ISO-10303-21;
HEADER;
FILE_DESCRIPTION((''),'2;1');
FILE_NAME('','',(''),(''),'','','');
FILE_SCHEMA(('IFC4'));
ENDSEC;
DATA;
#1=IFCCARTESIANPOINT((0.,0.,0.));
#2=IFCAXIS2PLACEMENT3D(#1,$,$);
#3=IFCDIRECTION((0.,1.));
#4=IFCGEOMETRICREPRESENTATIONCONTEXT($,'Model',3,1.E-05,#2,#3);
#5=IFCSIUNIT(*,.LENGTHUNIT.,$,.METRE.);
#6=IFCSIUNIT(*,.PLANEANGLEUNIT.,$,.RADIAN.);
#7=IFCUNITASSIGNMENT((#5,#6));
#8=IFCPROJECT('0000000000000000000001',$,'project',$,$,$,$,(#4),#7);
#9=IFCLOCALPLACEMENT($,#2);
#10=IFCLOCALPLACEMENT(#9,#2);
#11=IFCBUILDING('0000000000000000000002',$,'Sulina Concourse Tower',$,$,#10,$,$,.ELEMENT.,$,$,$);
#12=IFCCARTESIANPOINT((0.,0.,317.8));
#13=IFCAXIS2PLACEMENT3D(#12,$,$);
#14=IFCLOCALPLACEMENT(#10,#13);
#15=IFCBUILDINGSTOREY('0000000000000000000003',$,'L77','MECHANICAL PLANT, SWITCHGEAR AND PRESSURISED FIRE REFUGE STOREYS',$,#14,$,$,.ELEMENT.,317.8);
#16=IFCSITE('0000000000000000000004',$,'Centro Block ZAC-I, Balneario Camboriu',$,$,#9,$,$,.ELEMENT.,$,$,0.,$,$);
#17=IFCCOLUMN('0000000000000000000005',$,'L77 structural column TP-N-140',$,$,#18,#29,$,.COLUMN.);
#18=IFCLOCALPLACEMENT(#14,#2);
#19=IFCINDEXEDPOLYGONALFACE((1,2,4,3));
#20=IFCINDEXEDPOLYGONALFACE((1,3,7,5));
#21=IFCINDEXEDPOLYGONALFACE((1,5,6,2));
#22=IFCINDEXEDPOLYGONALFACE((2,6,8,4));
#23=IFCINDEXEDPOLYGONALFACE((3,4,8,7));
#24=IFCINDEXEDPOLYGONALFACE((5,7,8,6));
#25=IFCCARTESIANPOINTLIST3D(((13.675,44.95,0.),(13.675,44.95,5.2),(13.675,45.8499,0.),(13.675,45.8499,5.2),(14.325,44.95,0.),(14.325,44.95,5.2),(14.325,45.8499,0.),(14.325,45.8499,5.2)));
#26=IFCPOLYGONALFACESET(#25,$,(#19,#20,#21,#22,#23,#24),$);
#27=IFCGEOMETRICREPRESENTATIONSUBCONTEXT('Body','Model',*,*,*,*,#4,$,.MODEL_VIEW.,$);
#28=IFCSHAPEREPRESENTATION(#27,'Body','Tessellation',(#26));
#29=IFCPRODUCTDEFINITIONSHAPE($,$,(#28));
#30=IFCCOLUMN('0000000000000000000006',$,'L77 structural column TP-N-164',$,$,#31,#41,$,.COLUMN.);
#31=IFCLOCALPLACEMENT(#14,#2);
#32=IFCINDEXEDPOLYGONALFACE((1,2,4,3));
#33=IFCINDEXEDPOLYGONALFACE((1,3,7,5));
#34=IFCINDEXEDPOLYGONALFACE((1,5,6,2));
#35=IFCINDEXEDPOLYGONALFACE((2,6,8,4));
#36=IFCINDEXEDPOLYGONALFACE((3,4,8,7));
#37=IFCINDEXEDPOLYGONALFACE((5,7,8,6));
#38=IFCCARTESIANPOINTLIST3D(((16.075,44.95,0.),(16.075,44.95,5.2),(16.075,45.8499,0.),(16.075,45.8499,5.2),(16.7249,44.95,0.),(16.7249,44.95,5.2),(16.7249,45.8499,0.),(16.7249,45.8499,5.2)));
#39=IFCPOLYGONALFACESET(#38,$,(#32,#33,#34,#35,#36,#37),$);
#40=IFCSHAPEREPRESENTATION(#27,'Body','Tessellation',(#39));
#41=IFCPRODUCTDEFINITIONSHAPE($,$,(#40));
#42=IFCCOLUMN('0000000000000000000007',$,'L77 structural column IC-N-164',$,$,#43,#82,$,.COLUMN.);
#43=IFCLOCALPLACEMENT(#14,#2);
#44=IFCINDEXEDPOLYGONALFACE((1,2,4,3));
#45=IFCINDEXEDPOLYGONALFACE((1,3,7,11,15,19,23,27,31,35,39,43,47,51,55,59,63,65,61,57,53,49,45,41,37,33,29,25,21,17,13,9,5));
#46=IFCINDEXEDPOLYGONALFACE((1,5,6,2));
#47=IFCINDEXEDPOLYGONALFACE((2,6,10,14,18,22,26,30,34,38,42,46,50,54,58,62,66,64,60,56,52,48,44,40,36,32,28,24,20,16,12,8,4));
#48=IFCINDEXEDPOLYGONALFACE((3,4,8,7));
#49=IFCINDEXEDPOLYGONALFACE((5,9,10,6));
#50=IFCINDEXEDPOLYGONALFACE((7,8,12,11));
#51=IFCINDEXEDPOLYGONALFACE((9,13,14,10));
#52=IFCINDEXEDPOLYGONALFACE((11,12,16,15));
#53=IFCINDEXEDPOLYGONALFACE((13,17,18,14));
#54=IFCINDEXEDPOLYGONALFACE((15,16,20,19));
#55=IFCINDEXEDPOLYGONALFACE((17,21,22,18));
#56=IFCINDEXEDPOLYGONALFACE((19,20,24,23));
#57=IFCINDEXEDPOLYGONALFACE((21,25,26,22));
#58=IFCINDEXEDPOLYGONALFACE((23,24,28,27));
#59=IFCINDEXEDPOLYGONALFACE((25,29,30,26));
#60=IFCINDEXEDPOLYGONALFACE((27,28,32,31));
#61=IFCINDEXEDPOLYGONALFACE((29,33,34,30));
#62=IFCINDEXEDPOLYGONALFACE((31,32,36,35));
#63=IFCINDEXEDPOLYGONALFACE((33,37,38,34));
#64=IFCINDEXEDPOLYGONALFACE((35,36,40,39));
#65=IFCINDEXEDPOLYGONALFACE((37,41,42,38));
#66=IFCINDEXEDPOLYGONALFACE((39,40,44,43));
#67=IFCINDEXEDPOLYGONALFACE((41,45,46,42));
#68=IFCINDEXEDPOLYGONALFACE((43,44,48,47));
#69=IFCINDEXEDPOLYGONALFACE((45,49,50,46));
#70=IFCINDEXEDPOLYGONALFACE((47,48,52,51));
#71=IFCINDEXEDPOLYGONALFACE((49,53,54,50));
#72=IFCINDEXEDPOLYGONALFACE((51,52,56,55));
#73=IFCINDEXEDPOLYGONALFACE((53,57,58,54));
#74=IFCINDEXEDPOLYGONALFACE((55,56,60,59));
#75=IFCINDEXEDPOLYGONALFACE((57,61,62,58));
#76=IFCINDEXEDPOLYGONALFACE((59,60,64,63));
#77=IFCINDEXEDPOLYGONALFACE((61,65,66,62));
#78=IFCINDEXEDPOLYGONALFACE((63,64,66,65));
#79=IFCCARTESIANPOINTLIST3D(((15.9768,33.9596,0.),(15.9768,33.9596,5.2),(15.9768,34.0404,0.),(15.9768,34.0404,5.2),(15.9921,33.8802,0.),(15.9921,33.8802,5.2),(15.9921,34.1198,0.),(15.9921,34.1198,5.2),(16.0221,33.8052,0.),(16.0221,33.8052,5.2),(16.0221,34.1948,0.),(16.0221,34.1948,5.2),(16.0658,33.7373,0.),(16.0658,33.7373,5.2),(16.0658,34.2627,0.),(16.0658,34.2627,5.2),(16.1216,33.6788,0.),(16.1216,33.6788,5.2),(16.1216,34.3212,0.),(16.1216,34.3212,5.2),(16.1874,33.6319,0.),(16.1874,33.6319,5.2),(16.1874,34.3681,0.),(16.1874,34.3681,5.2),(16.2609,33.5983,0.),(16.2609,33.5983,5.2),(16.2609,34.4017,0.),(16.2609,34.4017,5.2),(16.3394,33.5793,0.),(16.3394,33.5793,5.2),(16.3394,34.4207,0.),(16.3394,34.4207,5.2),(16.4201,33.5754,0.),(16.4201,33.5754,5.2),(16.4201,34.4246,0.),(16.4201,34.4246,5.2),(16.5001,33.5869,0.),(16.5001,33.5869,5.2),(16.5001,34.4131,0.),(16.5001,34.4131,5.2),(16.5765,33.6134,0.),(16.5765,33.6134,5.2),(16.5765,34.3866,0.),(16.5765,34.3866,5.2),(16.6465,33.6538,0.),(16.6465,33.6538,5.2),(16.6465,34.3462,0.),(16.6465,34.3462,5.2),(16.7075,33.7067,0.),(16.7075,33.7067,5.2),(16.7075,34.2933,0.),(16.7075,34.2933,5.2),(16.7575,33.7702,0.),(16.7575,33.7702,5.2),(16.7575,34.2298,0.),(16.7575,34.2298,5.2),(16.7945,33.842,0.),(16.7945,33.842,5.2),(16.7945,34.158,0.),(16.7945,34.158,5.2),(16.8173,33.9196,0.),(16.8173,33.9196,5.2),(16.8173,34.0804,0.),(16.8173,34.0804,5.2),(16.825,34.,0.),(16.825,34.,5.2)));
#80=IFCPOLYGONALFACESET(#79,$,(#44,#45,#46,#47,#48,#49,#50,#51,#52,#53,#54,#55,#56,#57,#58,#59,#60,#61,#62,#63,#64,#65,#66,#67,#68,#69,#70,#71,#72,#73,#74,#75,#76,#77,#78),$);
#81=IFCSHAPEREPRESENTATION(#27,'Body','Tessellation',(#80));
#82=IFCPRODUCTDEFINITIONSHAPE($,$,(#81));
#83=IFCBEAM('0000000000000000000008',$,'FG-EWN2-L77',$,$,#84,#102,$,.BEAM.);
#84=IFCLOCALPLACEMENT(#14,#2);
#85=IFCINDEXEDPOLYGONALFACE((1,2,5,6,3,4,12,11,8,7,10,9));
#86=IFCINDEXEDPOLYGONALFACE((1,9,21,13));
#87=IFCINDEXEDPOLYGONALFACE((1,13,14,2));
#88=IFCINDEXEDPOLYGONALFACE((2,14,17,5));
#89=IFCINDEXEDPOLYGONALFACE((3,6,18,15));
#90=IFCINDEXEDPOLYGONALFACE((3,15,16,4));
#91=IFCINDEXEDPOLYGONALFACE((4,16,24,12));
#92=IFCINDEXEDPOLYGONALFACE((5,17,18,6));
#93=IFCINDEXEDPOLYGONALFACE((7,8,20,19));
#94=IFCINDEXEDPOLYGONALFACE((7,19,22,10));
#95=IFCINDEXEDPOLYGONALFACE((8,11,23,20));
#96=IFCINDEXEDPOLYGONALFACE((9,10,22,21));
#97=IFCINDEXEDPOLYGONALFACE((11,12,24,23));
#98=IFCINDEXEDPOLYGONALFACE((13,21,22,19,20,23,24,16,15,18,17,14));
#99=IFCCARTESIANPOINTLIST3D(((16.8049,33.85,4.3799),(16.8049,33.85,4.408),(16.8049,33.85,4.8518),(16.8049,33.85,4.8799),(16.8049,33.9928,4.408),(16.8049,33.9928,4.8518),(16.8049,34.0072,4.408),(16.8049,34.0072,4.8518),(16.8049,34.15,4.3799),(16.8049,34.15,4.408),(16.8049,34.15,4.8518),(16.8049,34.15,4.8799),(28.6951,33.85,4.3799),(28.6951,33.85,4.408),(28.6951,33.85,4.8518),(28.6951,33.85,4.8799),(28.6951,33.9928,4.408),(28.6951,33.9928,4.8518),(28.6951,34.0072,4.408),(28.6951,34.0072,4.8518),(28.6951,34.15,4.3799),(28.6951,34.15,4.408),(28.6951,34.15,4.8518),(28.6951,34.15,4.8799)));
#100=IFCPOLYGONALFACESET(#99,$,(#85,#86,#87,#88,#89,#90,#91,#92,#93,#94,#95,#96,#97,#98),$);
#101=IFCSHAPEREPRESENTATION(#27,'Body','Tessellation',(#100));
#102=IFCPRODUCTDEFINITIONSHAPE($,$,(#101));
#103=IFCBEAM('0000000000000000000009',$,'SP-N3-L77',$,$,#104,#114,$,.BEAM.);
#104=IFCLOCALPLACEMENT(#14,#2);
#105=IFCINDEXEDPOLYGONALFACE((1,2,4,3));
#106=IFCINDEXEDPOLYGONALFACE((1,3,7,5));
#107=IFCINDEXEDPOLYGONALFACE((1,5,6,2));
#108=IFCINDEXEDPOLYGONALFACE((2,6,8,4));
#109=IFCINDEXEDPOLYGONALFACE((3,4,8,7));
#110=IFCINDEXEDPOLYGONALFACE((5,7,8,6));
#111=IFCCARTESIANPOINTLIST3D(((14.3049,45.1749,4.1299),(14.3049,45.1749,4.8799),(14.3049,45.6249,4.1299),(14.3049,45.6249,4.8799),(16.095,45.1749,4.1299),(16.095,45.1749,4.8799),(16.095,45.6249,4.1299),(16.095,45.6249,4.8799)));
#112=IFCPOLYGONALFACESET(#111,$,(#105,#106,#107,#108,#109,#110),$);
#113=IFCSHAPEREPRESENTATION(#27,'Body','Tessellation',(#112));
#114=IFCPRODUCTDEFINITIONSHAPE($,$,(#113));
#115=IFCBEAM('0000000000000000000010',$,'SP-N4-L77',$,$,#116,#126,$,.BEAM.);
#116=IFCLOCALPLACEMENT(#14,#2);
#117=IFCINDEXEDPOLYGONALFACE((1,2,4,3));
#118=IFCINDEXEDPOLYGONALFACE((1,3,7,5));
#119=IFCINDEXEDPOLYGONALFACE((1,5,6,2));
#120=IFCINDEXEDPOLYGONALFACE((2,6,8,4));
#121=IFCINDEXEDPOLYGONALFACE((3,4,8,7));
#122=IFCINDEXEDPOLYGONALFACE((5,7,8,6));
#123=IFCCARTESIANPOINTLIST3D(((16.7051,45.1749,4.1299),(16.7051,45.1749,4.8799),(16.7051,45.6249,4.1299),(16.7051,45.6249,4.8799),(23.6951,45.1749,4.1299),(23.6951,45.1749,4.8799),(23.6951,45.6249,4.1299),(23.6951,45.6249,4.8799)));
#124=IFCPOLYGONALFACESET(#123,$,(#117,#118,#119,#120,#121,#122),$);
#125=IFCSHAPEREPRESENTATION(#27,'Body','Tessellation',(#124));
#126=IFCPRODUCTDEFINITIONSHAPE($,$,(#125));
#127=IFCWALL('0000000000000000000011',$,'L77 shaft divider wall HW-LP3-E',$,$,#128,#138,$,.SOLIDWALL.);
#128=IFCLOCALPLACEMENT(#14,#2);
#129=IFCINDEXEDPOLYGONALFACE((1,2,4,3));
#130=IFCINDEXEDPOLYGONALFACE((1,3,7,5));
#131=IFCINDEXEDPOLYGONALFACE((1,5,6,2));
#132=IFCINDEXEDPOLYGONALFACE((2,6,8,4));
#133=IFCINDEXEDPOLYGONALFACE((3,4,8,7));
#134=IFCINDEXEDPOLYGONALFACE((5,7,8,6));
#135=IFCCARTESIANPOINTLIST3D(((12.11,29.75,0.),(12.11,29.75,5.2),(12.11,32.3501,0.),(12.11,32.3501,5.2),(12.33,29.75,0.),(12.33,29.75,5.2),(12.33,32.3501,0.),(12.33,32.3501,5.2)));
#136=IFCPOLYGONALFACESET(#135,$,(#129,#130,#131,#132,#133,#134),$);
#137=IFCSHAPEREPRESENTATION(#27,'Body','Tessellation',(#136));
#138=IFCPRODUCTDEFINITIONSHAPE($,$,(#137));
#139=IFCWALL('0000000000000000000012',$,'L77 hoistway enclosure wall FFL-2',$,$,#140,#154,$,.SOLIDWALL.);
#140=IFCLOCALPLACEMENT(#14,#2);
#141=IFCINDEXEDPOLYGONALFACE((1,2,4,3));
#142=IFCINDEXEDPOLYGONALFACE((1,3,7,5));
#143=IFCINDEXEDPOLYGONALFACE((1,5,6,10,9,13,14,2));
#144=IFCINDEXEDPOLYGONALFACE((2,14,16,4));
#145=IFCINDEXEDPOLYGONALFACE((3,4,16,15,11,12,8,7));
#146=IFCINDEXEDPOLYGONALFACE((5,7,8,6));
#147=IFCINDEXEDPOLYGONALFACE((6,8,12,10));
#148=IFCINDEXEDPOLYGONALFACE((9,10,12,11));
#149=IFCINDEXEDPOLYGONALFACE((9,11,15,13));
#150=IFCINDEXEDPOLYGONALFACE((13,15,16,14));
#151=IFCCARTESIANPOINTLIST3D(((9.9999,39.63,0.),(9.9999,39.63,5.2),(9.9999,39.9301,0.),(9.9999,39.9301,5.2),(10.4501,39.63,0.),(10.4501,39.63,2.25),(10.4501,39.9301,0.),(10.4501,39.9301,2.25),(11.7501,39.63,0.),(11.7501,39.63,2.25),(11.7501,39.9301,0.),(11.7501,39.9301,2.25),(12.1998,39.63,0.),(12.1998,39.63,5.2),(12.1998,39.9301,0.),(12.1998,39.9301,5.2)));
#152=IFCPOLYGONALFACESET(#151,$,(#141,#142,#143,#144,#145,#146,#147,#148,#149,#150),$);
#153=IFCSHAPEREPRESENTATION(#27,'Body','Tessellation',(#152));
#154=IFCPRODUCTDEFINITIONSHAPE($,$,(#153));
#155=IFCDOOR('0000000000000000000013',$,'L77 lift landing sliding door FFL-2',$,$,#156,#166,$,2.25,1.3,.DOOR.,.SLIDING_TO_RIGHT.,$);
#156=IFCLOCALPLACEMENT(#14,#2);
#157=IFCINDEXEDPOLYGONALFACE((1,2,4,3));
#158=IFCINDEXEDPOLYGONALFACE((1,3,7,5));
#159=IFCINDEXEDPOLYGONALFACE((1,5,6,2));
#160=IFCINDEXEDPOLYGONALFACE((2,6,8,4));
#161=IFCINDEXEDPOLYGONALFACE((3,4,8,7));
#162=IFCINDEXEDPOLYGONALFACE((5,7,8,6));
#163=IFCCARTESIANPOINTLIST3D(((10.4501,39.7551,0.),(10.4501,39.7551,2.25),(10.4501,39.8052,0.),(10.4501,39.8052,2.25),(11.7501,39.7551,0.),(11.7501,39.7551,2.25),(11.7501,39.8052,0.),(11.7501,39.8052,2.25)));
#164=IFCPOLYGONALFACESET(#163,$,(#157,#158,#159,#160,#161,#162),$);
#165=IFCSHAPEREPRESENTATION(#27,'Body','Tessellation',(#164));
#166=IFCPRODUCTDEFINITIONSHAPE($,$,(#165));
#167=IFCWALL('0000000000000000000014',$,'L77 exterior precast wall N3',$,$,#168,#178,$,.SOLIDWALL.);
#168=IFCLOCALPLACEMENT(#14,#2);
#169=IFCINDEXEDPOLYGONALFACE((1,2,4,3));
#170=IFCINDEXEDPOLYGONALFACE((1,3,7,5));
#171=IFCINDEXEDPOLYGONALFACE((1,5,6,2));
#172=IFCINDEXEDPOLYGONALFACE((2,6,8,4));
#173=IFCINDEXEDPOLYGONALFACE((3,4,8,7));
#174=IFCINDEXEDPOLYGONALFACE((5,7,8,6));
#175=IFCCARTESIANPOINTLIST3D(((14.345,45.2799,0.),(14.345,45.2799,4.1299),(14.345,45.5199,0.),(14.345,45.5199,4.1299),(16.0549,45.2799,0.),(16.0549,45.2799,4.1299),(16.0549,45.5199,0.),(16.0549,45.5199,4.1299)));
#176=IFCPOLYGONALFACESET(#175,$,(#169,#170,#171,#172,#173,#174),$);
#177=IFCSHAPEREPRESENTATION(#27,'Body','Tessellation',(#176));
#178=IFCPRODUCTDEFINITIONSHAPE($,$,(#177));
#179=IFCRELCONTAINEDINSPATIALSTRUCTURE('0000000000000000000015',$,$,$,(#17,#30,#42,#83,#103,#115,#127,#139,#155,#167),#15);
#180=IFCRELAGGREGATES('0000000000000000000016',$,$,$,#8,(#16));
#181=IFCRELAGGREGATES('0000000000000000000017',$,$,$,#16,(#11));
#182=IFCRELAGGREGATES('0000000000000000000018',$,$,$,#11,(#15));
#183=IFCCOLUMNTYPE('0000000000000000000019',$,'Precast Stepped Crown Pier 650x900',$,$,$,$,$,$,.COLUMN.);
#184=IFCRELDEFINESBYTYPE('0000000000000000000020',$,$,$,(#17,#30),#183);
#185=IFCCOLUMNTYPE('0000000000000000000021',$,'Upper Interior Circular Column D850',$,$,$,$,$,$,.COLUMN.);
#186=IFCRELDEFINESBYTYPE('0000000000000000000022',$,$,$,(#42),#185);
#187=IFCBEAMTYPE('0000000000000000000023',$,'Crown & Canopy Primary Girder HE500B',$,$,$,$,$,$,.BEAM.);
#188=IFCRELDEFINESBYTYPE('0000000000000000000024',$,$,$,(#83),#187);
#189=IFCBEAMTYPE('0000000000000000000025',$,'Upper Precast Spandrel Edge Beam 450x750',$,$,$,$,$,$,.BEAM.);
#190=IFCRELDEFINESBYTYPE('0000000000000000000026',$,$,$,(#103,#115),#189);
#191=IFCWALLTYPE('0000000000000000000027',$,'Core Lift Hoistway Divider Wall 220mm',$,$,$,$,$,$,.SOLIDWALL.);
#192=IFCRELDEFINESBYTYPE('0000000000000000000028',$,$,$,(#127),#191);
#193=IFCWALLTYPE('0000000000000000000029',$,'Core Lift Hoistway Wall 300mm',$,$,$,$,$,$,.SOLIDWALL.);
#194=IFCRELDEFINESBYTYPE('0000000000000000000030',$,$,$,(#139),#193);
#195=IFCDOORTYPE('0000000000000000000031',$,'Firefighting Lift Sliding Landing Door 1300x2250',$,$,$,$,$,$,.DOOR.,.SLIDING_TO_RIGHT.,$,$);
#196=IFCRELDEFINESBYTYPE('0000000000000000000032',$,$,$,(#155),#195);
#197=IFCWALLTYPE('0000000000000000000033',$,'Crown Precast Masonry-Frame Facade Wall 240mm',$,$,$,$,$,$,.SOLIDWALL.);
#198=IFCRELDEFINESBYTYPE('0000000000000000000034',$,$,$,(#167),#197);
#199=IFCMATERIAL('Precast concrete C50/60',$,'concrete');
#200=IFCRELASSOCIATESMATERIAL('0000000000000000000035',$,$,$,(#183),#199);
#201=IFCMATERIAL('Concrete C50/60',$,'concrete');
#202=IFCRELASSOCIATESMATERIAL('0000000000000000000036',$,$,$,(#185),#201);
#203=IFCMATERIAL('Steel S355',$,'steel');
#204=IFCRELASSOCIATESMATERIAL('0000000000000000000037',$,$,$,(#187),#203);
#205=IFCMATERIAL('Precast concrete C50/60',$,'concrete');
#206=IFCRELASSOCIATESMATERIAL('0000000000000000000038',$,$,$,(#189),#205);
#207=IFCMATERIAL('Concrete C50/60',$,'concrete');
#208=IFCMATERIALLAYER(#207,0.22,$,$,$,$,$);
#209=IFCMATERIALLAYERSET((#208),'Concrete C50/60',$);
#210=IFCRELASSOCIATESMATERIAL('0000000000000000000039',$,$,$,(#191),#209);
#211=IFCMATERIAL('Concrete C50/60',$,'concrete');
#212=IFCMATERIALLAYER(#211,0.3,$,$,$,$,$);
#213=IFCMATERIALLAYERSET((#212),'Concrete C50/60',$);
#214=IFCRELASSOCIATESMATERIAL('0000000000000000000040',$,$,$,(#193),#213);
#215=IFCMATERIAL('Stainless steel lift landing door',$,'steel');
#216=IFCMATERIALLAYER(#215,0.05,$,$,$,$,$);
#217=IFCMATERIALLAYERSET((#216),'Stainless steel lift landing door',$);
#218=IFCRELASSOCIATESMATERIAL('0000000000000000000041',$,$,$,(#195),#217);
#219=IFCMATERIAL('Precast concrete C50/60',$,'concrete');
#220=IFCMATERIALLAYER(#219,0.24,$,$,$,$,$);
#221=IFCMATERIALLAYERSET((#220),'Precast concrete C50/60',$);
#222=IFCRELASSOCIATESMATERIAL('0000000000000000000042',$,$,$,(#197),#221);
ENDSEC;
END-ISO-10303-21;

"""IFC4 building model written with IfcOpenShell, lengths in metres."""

from ifc_helpers import new_model, si_unit, direction, frame, frame_2d, origin, origin_2d, place, context, subcontext, project, spatial, rectangle, circle, i_section, extrude, material, layer, layer_set, material_profile, profile_set, type_object, element, fill, save


model = new_model("IFC4")

# Units and contexts
model_context = context("Model", 3, precision=1e-05, world=origin(), true_north=direction((0.0, 1.0)))
body_context = subcontext(model_context, "Body", "Model", "MODEL_VIEW")
ifc_project = project(units=[si_unit("LENGTHUNIT", "METRE"), si_unit("PLANEANGLEUNIT", "RADIAN")], contexts=[model_context])

# Site, building, storey
site_placement = place(None, origin())
site = spatial("IfcSite", under=ifc_project, at=site_placement, Name="Centro Block ZAC-I, Balneario Camboriu", CompositionType="ELEMENT", RefElevation=0.0)
building_placement = place(site_placement, origin())
building = spatial("IfcBuilding", under=site, at=building_placement, Name="Sulina Concourse Tower", CompositionType="ELEMENT")
storey_placement = place(building_placement, frame((0.0, 0.0, 317.8)))
storey = spatial("IfcBuildingStorey", under=building, at=storey_placement, Name="L77", Description="MECHANICAL PLANT, SWITCHGEAR AND PRESSURISED FIRE REFUGE STOREYS", CompositionType="ELEMENT", Elevation=317.8)

# Columns
ifc_material_1 = material(Name="Precast concrete C50/60", Category="concrete")
ifc_material_profile_1 = material_profile(ifc_material_1, rectangle(XDim=0.6499, YDim=0.8999, at=origin_2d()), Name="PC 650x900")
ifc_profile_set_1 = profile_set([ifc_material_profile_1], Name="Precast concrete C50/60")
column_type_1 = type_object("IfcColumnType", Name="Precast Stepped Crown Pier 650x900", PredefinedType="COLUMN", material=ifc_profile_set_1)
for number, where, z_axis, x_axis, name in (
    (1, (14.0, 45.3999, 0.0), (0.0, 0.0, 1.0), (1.0, 0.0, 0.0), "L77 structural column TP-N-140"),
    (2, (16.3999, 45.3999, 0.0), (0.0, 0.0, 1.0), (1.0, 0.0, 0.0), "L77 structural column TP-N-164"),
):
    element("IfcColumn", number, at=place(storey_placement, frame(where, z_axis=z_axis, x_axis=x_axis)), inside=storey, type_object=column_type_1, Name=name, PredefinedType="COLUMN", context=body_context, shape_type="SweptSolid", body=[
        extrude(rectangle(XDim=0.6499, YDim=0.8999, at=origin_2d()), origin(), (0.0, 0.0, 1.0), 5.2),
    ])
ifc_material_2 = material(Name="Concrete C50/60", Category="concrete")
ifc_material_profile_2 = material_profile(ifc_material_2, circle(Radius=0.425, at=origin_2d()), Name="RC D850")
ifc_profile_set_2 = profile_set([ifc_material_profile_2], Name="Concrete C50/60")
column_type_2 = type_object("IfcColumnType", Name="Upper Interior Circular Column D850", PredefinedType="COLUMN", material=ifc_profile_set_2)
column_placement = place(storey_placement, frame((16.3999, 34.0, 0.0), z_axis=(0.0, 0.0, 1.0), x_axis=(1.0, 0.0, 0.0)))
element("IfcColumn", 3, at=column_placement, inside=storey, type_object=column_type_2, Name="L77 structural column IC-N-164", PredefinedType="COLUMN", context=body_context, shape_type="SweptSolid", body=[
    extrude(circle(Radius=0.425, at=origin_2d()), origin(), (0.0, 0.0, 1.0), 5.2),
])

# Beams
ifc_material_3 = material(Name="Steel S355", Category="steel")
ifc_material_profile_3 = material_profile(ifc_material_3, i_section(OverallWidth=0.3, OverallDepth=0.5, WebThickness=0.0144, FlangeThickness=0.0281, at=origin_2d()), Name="HE 500 B")
ifc_profile_set_3 = profile_set([ifc_material_profile_3], Name="Steel S355")
beam_type_1 = type_object("IfcBeamType", Name="Crown & Canopy Primary Girder HE500B", PredefinedType="BEAM", material=ifc_profile_set_3)
beam_1_placement = place(storey_placement, frame((16.8049, 34.0, 4.6299), z_axis=(1.0, 0.0, 0.0), x_axis=(0.0, 1.0, 0.0)))
element("IfcBeam", 4, at=beam_1_placement, inside=storey, type_object=beam_type_1, Name="FG-EWN2-L77", PredefinedType="BEAM", context=body_context, shape_type="SweptSolid", body=[
    extrude(i_section(OverallWidth=0.3, OverallDepth=0.5, WebThickness=0.0144, FlangeThickness=0.0281, at=origin_2d()), origin(), (0.0, 0.0, 1.0), 11.8901),
])
ifc_material_4 = material(Name="Precast concrete C50/60", Category="concrete")
ifc_material_profile_4 = material_profile(ifc_material_4, rectangle(XDim=0.45, YDim=0.75, at=origin_2d()), Name="RC 450x750")
ifc_profile_set_4 = profile_set([ifc_material_profile_4], Name="Precast concrete C50/60")
beam_type_2 = type_object("IfcBeamType", Name="Upper Precast Spandrel Edge Beam 450x750", PredefinedType="BEAM", material=ifc_profile_set_4)
beam_2_placement = place(storey_placement, frame((14.3049, 45.3999, 4.5049), z_axis=(1.0, 0.0, 0.0), x_axis=(0.0, 1.0, 0.0)))
element("IfcBeam", 5, at=beam_2_placement, inside=storey, type_object=beam_type_2, Name="SP-N3-L77", PredefinedType="BEAM", context=body_context, shape_type="SweptSolid", body=[
    extrude(rectangle(XDim=0.45, YDim=0.75, at=origin_2d()), origin(), (0.0, 0.0, 1.0), 1.79),
])
beam_3_placement = place(storey_placement, frame((16.7051, 45.3999, 4.5049), z_axis=(1.0, 0.0, 0.0), x_axis=(0.0, 1.0, 0.0)))
element("IfcBeam", 6, at=beam_3_placement, inside=storey, type_object=beam_type_2, Name="SP-N4-L77", PredefinedType="BEAM", context=body_context, shape_type="SweptSolid", body=[
    extrude(rectangle(XDim=0.45, YDim=0.75, at=origin_2d()), origin(), (0.0, 0.0, 1.0), 6.99),
])

# Wall
ifc_material_5 = material(Name="Concrete C50/60", Category="concrete")
ifc_layer_1 = layer(ifc_material_5, 0.22)
ifc_layer_set_1 = layer_set([ifc_layer_1], Name="Concrete C50/60")
wall_type_1 = type_object("IfcWallType", Name="Core Lift Hoistway Divider Wall 220mm", PredefinedType="SOLIDWALL", material=ifc_layer_set_1)
wall_1_placement = place(storey_placement, frame((12.22, 29.75, 0.0), z_axis=(0.0, 0.0, 1.0), x_axis=(0.0, 1.0, 0.0)))
element("IfcWall", 7, at=wall_1_placement, inside=storey, type_object=wall_type_1, Name="L77 shaft divider wall HW-LP3-E", PredefinedType="SOLIDWALL", context=body_context, shape_type="SweptSolid", body=[
    extrude(rectangle(XDim=2.6001, YDim=0.22, at=frame_2d((1.3, 0.0))), origin(), (0.0, 0.0, 1.0), 5.2),
])

# Wall, opening, door
ifc_material_6 = material(Name="Concrete C50/60", Category="concrete")
ifc_layer_2 = layer(ifc_material_6, 0.3)
ifc_layer_set_2 = layer_set([ifc_layer_2], Name="Concrete C50/60")
wall_type_2 = type_object("IfcWallType", Name="Core Lift Hoistway Wall 300mm", PredefinedType="SOLIDWALL", material=ifc_layer_set_2)
wall_2_placement = place(storey_placement, frame((12.2, 39.78, 0.0), z_axis=(0.0, 0.0, 1.0), x_axis=(-1.0, 0.0, 0.0)))
wall_2 = element("IfcWall", 8, at=wall_2_placement, inside=storey, type_object=wall_type_2, Name="L77 hoistway enclosure wall FFL-2", PredefinedType="SOLIDWALL", context=body_context, shape_type="SweptSolid", body=[
    extrude(rectangle(XDim=2.2, YDim=0.3, at=frame_2d((1.1001, 0.0))), origin(), (0.0, 0.0, 1.0), 5.2),
])
opening_1_placement = place(wall_2_placement, frame((0.45, 0.0, 0.0)))
opening_1 = element("IfcOpeningElement", 9, at=opening_1_placement, cuts=wall_2, PredefinedType="OPENING", context=body_context, shape_type="SweptSolid", body=[
    extrude(rectangle(XDim=1.3, YDim=2.25, at=frame_2d((0.6499, 1.125))), frame((0.0, 0.1599, 0.0), z_axis=(0.0, -1.0, 0.0), x_axis=(1.0, 0.0, 0.0)), (0.0, 0.0, 1.0), 0.3201),
])
ifc_material_7 = material(Name="Stainless steel lift landing door", Category="steel")
ifc_layer_3 = layer(ifc_material_7, 0.05)
ifc_layer_set_3 = layer_set([ifc_layer_3], Name="Stainless steel lift landing door")
door_type_1 = type_object("IfcDoorType", Name="Firefighting Lift Sliding Landing Door 1300x2250", OperationType="SLIDING_TO_RIGHT", PredefinedType="DOOR", material=ifc_layer_set_3)
door_1_placement = place(opening_1_placement, origin())
door_1 = element("IfcDoor", 10, at=door_1_placement, inside=storey, type_object=door_type_1, Name="L77 lift landing sliding door FFL-2", OperationType="SLIDING_TO_RIGHT", OverallHeight=2.25, OverallWidth=1.3, PredefinedType="DOOR", context=body_context, shape_type="SweptSolid", body=[
    extrude(rectangle(XDim=1.3, YDim=2.25, at=frame_2d((0.6499, 1.125))), frame((0.0, 0.0249, 0.0), z_axis=(0.0, -1.0, 0.0), x_axis=(1.0, 0.0, 0.0)), (0.0, 0.0, 1.0), 0.05),
])
fill(opening_1, door_1)

# Wall
ifc_material_8 = material(Name="Precast concrete C50/60", Category="concrete")
ifc_layer_4 = layer(ifc_material_8, 0.24)
ifc_layer_set_4 = layer_set([ifc_layer_4], Name="Precast concrete C50/60")
wall_type_3 = type_object("IfcWallType", Name="Crown Precast Masonry-Frame Facade Wall 240mm", PredefinedType="SOLIDWALL", material=ifc_layer_set_4)
wall_3_placement = place(storey_placement, frame((14.345, 45.3999, 0.0), z_axis=(0.0, 0.0, 1.0), x_axis=(1.0, 0.0, 0.0)))
element("IfcWall", 11, at=wall_3_placement, inside=storey, type_object=wall_type_3, Name="L77 exterior precast wall N3", PredefinedType="SOLIDWALL", context=body_context, shape_type="SweptSolid", body=[
    extrude(rectangle(XDim=1.71, YDim=0.24, at=frame_2d((0.855, 0.0))), origin(), (0.0, 0.0, 1.0), 4.1299),
])

save(model, "model.ifc")
